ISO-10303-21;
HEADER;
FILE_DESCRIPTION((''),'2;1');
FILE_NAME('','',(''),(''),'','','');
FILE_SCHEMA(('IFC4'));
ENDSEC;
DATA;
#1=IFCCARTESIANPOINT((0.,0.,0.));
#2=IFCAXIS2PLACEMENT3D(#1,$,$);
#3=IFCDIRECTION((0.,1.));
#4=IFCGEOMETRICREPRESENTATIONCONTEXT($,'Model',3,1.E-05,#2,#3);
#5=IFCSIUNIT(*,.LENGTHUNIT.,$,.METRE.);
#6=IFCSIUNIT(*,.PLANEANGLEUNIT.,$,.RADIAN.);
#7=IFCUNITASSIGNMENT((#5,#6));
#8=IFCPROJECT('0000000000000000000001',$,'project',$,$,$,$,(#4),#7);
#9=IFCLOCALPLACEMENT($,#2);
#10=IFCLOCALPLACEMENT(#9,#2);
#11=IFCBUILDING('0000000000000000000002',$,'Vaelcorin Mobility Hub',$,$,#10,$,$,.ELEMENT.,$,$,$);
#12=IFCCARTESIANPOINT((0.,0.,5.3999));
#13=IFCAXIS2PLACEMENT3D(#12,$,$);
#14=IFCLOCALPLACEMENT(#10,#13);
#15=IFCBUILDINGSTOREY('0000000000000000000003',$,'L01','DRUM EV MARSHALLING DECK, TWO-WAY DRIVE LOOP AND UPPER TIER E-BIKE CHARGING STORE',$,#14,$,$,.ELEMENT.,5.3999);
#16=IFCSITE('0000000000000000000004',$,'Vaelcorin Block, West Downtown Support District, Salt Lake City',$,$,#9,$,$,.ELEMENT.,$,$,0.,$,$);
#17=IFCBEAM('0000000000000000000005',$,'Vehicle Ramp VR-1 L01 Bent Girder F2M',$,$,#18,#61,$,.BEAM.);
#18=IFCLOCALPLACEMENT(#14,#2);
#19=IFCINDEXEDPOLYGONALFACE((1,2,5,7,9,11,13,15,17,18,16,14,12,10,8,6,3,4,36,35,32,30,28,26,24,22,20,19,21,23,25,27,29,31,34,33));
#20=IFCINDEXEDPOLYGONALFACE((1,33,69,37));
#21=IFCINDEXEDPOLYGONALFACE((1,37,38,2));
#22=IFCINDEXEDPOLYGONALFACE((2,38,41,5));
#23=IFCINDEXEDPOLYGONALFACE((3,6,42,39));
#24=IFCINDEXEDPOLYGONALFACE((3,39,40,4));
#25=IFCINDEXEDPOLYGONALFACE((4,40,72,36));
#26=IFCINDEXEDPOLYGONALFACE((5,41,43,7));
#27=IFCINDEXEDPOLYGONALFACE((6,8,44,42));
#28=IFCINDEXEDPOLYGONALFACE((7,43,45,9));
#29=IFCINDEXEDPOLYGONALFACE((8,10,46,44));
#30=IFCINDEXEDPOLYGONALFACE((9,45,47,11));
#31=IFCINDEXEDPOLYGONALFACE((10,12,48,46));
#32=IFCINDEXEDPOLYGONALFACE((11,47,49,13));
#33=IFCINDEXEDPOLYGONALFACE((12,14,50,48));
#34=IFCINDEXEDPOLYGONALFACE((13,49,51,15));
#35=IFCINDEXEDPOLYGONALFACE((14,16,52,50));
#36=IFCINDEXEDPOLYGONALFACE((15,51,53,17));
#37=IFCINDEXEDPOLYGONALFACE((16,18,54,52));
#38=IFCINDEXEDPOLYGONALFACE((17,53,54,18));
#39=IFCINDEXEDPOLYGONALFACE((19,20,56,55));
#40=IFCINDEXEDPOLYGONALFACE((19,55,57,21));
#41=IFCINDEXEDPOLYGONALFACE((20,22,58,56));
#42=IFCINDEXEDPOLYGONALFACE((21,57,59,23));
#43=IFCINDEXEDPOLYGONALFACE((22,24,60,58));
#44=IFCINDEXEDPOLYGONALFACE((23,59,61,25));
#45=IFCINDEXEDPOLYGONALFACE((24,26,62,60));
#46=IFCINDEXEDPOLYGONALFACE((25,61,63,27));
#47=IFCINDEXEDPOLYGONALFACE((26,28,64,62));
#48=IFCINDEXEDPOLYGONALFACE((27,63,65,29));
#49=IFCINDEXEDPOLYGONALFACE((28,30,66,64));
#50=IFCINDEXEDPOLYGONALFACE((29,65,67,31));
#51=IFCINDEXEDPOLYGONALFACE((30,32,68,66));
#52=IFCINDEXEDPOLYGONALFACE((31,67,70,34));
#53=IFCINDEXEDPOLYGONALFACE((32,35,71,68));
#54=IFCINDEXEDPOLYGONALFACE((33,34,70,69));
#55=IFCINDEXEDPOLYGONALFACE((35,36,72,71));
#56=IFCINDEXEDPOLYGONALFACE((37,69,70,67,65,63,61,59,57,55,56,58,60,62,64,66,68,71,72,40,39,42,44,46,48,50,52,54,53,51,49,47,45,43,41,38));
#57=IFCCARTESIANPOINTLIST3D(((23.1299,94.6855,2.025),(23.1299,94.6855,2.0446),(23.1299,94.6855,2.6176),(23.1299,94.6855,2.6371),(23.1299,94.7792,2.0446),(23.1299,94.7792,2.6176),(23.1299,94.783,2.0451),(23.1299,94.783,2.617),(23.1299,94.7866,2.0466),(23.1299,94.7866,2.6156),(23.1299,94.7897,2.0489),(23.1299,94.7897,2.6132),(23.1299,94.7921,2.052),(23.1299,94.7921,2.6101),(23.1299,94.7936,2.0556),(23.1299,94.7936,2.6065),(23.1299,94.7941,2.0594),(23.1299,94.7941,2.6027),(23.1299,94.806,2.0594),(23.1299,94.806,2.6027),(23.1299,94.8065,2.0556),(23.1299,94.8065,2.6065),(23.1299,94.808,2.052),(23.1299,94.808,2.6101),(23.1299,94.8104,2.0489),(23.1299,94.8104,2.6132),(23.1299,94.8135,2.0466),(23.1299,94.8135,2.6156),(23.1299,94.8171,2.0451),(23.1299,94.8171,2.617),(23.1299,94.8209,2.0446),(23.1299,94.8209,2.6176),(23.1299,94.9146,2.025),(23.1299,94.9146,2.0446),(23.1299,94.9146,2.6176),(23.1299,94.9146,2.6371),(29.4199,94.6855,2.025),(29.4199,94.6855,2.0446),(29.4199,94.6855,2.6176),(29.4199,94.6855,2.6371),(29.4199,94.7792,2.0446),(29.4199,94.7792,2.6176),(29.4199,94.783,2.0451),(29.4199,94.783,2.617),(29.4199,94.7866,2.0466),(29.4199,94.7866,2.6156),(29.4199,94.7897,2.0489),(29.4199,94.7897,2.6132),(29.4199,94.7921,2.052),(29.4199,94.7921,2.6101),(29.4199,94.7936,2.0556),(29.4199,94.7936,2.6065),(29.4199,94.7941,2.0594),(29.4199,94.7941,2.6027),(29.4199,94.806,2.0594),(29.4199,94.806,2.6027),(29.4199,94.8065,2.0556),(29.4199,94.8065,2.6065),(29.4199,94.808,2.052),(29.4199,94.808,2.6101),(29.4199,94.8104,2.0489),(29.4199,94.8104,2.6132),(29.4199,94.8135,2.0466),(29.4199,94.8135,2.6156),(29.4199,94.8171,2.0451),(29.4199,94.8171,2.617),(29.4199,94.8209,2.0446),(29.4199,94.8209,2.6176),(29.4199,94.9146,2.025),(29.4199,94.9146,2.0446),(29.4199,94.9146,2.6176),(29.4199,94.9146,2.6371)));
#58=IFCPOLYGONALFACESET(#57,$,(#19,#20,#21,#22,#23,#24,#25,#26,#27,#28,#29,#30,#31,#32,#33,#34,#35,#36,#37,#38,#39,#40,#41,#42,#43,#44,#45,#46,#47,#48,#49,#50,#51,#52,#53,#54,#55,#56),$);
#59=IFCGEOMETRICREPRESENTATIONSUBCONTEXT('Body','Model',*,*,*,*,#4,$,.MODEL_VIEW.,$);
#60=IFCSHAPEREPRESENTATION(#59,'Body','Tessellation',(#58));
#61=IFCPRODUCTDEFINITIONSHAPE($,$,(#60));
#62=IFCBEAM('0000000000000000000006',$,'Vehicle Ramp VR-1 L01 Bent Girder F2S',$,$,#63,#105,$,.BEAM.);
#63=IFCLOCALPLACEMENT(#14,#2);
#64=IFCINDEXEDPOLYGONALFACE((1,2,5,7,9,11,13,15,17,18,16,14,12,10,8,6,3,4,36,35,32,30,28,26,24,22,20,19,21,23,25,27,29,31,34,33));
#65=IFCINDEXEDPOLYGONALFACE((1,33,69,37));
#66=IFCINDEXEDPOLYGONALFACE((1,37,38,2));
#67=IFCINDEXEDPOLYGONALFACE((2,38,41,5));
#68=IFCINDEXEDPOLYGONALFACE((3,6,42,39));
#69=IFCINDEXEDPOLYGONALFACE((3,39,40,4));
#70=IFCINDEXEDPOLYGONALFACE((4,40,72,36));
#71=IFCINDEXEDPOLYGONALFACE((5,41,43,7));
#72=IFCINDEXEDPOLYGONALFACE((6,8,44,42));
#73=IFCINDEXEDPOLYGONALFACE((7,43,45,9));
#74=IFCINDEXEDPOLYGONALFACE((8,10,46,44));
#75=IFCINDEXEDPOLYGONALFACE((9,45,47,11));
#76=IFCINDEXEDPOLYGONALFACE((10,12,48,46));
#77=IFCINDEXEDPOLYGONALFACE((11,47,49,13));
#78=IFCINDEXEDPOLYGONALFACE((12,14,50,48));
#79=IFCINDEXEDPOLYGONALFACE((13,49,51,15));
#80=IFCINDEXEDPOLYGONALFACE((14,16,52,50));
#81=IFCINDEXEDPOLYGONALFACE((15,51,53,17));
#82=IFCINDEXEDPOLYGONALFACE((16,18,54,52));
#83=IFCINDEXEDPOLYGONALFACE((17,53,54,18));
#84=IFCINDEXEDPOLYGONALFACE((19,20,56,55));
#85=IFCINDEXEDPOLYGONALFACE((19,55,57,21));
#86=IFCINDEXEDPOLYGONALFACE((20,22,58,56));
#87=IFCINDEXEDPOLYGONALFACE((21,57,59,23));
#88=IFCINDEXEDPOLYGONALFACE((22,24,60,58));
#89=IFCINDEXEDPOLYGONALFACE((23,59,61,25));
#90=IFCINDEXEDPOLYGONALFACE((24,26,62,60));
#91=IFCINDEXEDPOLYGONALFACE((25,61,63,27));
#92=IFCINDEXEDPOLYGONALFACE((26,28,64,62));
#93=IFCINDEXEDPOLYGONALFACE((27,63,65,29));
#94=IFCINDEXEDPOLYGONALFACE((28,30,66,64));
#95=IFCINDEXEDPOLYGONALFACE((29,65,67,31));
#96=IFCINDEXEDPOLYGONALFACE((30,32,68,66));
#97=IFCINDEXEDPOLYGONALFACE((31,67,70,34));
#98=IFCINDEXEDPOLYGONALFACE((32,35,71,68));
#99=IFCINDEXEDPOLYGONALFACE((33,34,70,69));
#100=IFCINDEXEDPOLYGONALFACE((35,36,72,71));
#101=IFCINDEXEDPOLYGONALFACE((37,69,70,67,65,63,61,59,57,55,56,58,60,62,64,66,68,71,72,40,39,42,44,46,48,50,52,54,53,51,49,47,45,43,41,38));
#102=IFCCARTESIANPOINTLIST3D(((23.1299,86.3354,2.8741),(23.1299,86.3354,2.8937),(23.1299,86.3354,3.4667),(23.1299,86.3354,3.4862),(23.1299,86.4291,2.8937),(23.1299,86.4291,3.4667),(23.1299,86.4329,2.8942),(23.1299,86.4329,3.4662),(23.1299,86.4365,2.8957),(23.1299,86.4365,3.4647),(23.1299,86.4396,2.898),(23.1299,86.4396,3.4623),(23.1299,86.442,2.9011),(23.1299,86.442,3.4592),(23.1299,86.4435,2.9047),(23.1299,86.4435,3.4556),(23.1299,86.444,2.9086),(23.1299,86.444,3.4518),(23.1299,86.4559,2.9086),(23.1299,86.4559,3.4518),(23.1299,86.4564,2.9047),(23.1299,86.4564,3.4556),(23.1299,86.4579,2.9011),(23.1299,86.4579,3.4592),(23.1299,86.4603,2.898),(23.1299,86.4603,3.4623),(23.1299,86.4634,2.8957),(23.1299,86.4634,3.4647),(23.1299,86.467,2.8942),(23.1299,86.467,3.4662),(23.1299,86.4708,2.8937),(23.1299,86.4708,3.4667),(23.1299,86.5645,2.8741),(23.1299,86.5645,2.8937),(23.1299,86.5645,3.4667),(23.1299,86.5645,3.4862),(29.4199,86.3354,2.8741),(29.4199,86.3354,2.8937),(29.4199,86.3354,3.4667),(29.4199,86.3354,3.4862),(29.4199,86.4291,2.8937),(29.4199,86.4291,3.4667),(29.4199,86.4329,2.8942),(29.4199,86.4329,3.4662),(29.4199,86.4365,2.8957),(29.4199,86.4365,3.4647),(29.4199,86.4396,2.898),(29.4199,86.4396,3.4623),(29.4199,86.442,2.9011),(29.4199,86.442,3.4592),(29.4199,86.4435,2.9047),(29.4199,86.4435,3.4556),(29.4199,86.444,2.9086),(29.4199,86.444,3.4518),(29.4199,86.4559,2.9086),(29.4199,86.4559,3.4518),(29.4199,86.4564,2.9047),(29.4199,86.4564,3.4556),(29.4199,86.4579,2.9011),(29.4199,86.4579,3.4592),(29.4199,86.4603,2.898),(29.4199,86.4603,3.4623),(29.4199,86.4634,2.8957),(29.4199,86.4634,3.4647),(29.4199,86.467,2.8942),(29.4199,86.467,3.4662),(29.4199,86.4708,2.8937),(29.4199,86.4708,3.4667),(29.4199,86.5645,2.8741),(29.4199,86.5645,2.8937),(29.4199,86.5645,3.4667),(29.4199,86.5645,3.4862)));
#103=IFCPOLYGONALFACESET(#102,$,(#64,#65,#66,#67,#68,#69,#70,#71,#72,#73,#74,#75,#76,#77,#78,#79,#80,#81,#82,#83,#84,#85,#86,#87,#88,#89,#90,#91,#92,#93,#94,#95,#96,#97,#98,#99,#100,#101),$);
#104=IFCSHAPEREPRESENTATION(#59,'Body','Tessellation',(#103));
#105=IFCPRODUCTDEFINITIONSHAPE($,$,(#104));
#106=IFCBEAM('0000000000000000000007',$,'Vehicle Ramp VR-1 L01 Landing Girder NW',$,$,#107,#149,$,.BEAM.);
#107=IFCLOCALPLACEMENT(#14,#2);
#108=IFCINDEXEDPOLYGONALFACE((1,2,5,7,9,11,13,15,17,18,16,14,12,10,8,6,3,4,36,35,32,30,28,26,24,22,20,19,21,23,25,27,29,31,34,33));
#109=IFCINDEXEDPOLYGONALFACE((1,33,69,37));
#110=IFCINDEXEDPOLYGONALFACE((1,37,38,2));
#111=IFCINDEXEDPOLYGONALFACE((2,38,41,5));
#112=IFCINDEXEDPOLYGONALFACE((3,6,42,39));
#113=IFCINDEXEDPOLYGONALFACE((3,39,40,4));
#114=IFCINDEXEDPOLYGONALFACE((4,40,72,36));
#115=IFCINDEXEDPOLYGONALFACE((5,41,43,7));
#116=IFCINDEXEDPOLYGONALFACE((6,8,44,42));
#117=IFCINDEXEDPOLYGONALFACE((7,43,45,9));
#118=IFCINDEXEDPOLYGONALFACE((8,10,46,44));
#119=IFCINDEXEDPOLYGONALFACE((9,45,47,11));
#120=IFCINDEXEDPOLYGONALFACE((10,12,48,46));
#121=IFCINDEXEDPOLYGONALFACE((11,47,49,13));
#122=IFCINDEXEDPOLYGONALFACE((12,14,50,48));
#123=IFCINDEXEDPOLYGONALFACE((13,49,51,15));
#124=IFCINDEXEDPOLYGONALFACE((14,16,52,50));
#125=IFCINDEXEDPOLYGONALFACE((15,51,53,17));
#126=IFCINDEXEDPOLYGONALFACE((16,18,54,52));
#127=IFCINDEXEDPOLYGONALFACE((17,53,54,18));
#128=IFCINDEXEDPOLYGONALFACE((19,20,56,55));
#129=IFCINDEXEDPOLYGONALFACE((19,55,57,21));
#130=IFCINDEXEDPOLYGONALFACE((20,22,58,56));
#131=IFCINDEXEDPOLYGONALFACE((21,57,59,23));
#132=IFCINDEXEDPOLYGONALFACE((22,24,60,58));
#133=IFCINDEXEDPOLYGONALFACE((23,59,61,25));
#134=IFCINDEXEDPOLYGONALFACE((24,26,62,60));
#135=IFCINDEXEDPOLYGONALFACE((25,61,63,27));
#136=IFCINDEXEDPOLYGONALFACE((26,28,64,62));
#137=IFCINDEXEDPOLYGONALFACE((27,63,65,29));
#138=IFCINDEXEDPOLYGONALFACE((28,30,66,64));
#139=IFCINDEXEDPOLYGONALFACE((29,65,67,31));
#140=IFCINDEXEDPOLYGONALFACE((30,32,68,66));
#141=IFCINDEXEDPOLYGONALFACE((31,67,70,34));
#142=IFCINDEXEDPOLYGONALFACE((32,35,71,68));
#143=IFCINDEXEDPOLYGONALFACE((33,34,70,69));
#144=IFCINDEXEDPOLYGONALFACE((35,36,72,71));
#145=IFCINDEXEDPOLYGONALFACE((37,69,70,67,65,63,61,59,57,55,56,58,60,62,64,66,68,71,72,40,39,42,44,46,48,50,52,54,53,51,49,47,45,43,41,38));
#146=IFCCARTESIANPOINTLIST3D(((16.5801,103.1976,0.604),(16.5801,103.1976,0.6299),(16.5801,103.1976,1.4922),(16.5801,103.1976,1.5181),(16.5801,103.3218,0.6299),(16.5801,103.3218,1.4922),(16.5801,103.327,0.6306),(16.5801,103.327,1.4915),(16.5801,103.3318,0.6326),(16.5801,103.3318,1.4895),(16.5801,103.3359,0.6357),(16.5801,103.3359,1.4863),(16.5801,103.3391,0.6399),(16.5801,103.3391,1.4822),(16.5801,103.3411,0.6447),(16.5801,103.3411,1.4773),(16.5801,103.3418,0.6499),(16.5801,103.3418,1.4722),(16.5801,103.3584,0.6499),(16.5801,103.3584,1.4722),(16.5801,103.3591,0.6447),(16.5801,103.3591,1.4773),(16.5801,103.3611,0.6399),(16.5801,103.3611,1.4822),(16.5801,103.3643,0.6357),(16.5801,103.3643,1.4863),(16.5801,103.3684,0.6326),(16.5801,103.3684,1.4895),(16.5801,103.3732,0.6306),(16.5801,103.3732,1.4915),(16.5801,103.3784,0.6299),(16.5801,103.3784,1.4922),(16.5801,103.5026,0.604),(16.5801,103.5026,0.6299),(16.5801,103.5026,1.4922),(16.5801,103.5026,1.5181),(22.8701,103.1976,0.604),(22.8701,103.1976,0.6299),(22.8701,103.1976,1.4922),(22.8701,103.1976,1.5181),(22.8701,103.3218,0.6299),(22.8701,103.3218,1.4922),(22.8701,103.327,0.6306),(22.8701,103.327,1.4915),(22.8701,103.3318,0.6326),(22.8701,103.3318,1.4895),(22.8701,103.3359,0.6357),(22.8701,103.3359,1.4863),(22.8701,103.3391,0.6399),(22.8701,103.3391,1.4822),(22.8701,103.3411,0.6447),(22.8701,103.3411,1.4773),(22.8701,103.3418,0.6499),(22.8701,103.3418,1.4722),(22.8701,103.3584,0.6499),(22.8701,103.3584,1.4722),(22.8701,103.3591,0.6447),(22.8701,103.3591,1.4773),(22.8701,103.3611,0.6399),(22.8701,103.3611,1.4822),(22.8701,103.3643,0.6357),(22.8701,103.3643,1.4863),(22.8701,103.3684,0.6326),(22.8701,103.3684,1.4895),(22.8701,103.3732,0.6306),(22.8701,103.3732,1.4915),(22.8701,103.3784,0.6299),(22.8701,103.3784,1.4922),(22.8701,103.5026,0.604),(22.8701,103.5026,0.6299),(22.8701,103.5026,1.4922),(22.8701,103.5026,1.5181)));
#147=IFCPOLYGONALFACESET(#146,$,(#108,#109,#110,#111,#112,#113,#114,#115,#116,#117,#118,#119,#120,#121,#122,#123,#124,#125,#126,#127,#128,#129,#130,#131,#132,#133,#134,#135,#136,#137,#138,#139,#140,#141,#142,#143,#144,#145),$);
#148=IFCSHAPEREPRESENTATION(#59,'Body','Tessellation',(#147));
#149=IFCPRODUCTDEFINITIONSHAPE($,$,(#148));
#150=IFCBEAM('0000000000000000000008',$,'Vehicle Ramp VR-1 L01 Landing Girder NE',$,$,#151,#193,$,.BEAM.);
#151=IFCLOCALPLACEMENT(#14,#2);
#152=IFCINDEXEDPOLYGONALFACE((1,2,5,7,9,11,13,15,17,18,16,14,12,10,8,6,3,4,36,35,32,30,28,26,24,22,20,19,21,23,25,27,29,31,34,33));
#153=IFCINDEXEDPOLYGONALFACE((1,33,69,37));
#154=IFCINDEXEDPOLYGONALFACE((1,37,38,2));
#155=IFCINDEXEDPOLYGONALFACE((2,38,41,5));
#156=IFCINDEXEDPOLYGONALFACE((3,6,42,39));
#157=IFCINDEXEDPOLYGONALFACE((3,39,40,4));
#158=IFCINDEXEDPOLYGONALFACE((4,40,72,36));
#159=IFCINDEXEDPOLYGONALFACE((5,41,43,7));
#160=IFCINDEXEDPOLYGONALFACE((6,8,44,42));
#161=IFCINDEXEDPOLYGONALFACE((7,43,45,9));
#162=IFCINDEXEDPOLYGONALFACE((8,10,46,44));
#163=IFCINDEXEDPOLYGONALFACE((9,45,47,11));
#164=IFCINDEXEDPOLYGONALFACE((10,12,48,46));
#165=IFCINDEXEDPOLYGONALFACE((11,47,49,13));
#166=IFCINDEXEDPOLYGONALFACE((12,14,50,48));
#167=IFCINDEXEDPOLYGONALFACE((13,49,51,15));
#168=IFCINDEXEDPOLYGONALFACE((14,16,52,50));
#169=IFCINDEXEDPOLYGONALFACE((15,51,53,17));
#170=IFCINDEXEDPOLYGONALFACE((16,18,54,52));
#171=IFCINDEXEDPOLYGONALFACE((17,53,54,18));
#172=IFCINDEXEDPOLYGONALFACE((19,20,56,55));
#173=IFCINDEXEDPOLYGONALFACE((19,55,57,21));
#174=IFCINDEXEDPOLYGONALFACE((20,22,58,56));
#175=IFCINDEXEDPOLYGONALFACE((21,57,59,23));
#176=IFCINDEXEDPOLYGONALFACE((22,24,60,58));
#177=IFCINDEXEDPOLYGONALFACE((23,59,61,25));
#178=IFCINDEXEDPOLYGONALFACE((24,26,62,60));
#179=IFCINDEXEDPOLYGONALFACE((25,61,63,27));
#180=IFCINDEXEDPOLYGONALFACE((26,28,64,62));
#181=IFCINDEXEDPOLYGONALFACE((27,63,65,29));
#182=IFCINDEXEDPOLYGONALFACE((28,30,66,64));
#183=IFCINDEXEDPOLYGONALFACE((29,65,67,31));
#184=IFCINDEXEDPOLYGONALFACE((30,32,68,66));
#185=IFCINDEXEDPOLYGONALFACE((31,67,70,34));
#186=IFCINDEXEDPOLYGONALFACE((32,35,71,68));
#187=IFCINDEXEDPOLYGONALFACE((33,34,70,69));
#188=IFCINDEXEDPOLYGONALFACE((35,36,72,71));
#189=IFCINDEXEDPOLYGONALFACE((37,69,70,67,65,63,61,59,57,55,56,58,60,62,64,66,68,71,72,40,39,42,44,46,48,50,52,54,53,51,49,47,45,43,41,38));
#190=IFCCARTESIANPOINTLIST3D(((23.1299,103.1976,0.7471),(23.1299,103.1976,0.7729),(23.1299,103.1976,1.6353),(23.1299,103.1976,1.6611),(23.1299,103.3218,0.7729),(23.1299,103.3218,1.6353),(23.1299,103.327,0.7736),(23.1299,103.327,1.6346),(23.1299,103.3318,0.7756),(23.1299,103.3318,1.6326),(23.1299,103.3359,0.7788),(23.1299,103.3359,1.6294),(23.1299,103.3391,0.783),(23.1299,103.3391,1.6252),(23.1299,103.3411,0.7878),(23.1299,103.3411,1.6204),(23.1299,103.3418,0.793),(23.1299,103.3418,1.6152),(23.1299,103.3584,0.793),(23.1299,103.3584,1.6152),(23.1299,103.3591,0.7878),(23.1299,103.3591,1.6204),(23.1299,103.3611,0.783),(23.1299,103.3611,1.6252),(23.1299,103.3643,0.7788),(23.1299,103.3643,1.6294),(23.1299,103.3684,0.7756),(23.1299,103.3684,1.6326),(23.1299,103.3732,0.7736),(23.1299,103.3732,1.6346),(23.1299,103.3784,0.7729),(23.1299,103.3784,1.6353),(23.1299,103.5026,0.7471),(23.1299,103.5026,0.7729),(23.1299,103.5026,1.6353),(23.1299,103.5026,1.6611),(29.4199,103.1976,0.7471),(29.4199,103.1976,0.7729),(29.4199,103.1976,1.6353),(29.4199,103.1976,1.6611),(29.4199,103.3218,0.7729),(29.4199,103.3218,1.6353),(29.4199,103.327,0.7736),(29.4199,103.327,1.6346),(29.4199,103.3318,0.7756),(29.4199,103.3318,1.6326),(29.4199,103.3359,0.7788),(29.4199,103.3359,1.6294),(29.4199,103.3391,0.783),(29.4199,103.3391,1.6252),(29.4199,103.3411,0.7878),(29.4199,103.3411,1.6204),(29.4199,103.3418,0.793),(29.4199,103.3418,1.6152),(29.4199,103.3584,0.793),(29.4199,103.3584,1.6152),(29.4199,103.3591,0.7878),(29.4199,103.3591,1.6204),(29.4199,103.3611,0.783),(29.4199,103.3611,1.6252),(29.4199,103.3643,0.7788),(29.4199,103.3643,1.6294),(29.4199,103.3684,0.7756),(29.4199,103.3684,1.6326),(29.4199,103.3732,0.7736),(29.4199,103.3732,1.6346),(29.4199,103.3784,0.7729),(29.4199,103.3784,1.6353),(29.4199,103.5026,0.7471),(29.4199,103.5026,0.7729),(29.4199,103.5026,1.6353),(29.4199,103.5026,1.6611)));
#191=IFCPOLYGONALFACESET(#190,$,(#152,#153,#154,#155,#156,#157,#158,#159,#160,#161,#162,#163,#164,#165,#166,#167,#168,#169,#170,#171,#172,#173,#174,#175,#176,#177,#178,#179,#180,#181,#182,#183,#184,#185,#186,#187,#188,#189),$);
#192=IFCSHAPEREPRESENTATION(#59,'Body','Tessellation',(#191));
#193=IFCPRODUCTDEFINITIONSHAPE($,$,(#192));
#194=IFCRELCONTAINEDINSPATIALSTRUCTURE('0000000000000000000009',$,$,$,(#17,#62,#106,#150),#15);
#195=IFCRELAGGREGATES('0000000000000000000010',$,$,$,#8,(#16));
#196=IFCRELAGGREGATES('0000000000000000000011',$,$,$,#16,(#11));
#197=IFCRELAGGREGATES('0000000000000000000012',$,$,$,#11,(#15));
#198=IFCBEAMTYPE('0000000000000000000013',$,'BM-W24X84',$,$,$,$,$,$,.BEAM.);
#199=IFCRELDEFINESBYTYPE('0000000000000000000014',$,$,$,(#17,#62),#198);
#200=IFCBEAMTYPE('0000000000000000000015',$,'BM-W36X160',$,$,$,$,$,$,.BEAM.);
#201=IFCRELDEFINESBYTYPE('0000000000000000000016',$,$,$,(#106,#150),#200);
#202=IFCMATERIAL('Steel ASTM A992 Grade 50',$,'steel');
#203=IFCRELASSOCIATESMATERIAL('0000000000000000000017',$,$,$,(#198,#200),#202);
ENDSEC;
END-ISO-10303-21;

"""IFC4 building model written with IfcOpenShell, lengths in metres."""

from ifc_helpers import new_model, si_unit, direction, frame, origin, origin_2d, place, context, subcontext, project, spatial, i_section, extrude, material, material_profile, profile_set, type_object, element, save


model = new_model("IFC4")

# Units and contexts
model_context = context("Model", 3, precision=1e-05, world=origin(), true_north=direction((0.0, 1.0)))
body_context = subcontext(model_context, "Body", "Model", "MODEL_VIEW")
ifc_project = project(units=[si_unit("LENGTHUNIT", "METRE"), si_unit("PLANEANGLEUNIT", "RADIAN")], contexts=[model_context])

# Site, building, storey
site_placement = place(None, origin())
site = spatial("IfcSite", under=ifc_project, at=site_placement, Name="Vaelcorin Block, West Downtown Support District, Salt Lake City", CompositionType="ELEMENT", RefElevation=0.0)
building_placement = place(site_placement, origin())
building = spatial("IfcBuilding", under=site, at=building_placement, Name="Vaelcorin Mobility Hub", CompositionType="ELEMENT")
storey_placement = place(building_placement, frame((0.0, 0.0, 5.3999)))
storey = spatial("IfcBuildingStorey", under=building, at=storey_placement, Name="L01", Description="DRUM EV MARSHALLING DECK, TWO-WAY DRIVE LOOP AND UPPER TIER E-BIKE CHARGING STORE", CompositionType="ELEMENT", Elevation=5.3999)

# Shared definitions
ifc_material_1 = material(Name="Steel ASTM A992 Grade 50", Category="steel")

# Beams
ifc_material_profile_1 = material_profile(ifc_material_1, i_section(OverallWidth=0.229, OverallDepth=0.6121, WebThickness=0.012, FlangeThickness=0.0195, FilletRadius=0.0149, at=origin_2d()), Name="W24X84")
ifc_profile_set_1 = profile_set([ifc_material_profile_1], Name="Steel ASTM A992 Grade 50")
beam_type_1 = type_object("IfcBeamType", Name="BM-W24X84", PredefinedType="BEAM", material=ifc_profile_set_1)
for number, where, z_axis, x_axis, name in (
    (1, (23.1299, 94.8, 2.3311), (1.0, 0.0, 0.0), (0.0, 1.0, 0.0), "Vehicle Ramp VR-1 L01 Bent Girder F2M"),
    (2, (23.1299, 86.45, 3.1802), (1.0, 0.0, 0.0), (0.0, 1.0, 0.0), "Vehicle Ramp VR-1 L01 Bent Girder F2S"),
):
    element("IfcBeam", number, at=place(storey_placement, frame(where, z_axis=z_axis, x_axis=x_axis)), inside=storey, type_object=beam_type_1, Name=name, PredefinedType="BEAM", context=body_context, shape_type="SweptSolid", body=[
        extrude(i_section(OverallWidth=0.229, OverallDepth=0.6121, WebThickness=0.012, FlangeThickness=0.0195, FilletRadius=0.0149, at=origin_2d()), origin(), (0.0, 0.0, 1.0), 6.29),
    ])
ifc_material_profile_2 = material_profile(ifc_material_1, i_section(OverallWidth=0.3049, OverallDepth=0.9141, WebThickness=0.0166, FlangeThickness=0.0259, FilletRadius=0.02, at=origin_2d()), Name="W36X160")
ifc_profile_set_2 = profile_set([ifc_material_profile_2], Name="Steel ASTM A992 Grade 50")
beam_type_2 = type_object("IfcBeamType", Name="BM-W36X160", PredefinedType="BEAM", material=ifc_profile_set_2)
for number, where, z_axis, x_axis, name in (
    (3, (16.5801, 103.3501, 1.061), (1.0, 0.0, 0.0), (0.0, 1.0, 0.0), "Vehicle Ramp VR-1 L01 Landing Girder NW"),
    (4, (23.1299, 103.3501, 1.2041), (1.0, 0.0, 0.0), (0.0, 1.0, 0.0), "Vehicle Ramp VR-1 L01 Landing Girder NE"),
):
    element("IfcBeam", number, at=place(storey_placement, frame(where, z_axis=z_axis, x_axis=x_axis)), inside=storey, type_object=beam_type_2, Name=name, PredefinedType="BEAM", context=body_context, shape_type="SweptSolid", body=[
        extrude(i_section(OverallWidth=0.3049, OverallDepth=0.9141, WebThickness=0.0166, FlangeThickness=0.0259, FilletRadius=0.02, at=origin_2d()), origin(), (0.0, 0.0, 1.0), 6.29),
    ])

save(model, "model.ifc")
